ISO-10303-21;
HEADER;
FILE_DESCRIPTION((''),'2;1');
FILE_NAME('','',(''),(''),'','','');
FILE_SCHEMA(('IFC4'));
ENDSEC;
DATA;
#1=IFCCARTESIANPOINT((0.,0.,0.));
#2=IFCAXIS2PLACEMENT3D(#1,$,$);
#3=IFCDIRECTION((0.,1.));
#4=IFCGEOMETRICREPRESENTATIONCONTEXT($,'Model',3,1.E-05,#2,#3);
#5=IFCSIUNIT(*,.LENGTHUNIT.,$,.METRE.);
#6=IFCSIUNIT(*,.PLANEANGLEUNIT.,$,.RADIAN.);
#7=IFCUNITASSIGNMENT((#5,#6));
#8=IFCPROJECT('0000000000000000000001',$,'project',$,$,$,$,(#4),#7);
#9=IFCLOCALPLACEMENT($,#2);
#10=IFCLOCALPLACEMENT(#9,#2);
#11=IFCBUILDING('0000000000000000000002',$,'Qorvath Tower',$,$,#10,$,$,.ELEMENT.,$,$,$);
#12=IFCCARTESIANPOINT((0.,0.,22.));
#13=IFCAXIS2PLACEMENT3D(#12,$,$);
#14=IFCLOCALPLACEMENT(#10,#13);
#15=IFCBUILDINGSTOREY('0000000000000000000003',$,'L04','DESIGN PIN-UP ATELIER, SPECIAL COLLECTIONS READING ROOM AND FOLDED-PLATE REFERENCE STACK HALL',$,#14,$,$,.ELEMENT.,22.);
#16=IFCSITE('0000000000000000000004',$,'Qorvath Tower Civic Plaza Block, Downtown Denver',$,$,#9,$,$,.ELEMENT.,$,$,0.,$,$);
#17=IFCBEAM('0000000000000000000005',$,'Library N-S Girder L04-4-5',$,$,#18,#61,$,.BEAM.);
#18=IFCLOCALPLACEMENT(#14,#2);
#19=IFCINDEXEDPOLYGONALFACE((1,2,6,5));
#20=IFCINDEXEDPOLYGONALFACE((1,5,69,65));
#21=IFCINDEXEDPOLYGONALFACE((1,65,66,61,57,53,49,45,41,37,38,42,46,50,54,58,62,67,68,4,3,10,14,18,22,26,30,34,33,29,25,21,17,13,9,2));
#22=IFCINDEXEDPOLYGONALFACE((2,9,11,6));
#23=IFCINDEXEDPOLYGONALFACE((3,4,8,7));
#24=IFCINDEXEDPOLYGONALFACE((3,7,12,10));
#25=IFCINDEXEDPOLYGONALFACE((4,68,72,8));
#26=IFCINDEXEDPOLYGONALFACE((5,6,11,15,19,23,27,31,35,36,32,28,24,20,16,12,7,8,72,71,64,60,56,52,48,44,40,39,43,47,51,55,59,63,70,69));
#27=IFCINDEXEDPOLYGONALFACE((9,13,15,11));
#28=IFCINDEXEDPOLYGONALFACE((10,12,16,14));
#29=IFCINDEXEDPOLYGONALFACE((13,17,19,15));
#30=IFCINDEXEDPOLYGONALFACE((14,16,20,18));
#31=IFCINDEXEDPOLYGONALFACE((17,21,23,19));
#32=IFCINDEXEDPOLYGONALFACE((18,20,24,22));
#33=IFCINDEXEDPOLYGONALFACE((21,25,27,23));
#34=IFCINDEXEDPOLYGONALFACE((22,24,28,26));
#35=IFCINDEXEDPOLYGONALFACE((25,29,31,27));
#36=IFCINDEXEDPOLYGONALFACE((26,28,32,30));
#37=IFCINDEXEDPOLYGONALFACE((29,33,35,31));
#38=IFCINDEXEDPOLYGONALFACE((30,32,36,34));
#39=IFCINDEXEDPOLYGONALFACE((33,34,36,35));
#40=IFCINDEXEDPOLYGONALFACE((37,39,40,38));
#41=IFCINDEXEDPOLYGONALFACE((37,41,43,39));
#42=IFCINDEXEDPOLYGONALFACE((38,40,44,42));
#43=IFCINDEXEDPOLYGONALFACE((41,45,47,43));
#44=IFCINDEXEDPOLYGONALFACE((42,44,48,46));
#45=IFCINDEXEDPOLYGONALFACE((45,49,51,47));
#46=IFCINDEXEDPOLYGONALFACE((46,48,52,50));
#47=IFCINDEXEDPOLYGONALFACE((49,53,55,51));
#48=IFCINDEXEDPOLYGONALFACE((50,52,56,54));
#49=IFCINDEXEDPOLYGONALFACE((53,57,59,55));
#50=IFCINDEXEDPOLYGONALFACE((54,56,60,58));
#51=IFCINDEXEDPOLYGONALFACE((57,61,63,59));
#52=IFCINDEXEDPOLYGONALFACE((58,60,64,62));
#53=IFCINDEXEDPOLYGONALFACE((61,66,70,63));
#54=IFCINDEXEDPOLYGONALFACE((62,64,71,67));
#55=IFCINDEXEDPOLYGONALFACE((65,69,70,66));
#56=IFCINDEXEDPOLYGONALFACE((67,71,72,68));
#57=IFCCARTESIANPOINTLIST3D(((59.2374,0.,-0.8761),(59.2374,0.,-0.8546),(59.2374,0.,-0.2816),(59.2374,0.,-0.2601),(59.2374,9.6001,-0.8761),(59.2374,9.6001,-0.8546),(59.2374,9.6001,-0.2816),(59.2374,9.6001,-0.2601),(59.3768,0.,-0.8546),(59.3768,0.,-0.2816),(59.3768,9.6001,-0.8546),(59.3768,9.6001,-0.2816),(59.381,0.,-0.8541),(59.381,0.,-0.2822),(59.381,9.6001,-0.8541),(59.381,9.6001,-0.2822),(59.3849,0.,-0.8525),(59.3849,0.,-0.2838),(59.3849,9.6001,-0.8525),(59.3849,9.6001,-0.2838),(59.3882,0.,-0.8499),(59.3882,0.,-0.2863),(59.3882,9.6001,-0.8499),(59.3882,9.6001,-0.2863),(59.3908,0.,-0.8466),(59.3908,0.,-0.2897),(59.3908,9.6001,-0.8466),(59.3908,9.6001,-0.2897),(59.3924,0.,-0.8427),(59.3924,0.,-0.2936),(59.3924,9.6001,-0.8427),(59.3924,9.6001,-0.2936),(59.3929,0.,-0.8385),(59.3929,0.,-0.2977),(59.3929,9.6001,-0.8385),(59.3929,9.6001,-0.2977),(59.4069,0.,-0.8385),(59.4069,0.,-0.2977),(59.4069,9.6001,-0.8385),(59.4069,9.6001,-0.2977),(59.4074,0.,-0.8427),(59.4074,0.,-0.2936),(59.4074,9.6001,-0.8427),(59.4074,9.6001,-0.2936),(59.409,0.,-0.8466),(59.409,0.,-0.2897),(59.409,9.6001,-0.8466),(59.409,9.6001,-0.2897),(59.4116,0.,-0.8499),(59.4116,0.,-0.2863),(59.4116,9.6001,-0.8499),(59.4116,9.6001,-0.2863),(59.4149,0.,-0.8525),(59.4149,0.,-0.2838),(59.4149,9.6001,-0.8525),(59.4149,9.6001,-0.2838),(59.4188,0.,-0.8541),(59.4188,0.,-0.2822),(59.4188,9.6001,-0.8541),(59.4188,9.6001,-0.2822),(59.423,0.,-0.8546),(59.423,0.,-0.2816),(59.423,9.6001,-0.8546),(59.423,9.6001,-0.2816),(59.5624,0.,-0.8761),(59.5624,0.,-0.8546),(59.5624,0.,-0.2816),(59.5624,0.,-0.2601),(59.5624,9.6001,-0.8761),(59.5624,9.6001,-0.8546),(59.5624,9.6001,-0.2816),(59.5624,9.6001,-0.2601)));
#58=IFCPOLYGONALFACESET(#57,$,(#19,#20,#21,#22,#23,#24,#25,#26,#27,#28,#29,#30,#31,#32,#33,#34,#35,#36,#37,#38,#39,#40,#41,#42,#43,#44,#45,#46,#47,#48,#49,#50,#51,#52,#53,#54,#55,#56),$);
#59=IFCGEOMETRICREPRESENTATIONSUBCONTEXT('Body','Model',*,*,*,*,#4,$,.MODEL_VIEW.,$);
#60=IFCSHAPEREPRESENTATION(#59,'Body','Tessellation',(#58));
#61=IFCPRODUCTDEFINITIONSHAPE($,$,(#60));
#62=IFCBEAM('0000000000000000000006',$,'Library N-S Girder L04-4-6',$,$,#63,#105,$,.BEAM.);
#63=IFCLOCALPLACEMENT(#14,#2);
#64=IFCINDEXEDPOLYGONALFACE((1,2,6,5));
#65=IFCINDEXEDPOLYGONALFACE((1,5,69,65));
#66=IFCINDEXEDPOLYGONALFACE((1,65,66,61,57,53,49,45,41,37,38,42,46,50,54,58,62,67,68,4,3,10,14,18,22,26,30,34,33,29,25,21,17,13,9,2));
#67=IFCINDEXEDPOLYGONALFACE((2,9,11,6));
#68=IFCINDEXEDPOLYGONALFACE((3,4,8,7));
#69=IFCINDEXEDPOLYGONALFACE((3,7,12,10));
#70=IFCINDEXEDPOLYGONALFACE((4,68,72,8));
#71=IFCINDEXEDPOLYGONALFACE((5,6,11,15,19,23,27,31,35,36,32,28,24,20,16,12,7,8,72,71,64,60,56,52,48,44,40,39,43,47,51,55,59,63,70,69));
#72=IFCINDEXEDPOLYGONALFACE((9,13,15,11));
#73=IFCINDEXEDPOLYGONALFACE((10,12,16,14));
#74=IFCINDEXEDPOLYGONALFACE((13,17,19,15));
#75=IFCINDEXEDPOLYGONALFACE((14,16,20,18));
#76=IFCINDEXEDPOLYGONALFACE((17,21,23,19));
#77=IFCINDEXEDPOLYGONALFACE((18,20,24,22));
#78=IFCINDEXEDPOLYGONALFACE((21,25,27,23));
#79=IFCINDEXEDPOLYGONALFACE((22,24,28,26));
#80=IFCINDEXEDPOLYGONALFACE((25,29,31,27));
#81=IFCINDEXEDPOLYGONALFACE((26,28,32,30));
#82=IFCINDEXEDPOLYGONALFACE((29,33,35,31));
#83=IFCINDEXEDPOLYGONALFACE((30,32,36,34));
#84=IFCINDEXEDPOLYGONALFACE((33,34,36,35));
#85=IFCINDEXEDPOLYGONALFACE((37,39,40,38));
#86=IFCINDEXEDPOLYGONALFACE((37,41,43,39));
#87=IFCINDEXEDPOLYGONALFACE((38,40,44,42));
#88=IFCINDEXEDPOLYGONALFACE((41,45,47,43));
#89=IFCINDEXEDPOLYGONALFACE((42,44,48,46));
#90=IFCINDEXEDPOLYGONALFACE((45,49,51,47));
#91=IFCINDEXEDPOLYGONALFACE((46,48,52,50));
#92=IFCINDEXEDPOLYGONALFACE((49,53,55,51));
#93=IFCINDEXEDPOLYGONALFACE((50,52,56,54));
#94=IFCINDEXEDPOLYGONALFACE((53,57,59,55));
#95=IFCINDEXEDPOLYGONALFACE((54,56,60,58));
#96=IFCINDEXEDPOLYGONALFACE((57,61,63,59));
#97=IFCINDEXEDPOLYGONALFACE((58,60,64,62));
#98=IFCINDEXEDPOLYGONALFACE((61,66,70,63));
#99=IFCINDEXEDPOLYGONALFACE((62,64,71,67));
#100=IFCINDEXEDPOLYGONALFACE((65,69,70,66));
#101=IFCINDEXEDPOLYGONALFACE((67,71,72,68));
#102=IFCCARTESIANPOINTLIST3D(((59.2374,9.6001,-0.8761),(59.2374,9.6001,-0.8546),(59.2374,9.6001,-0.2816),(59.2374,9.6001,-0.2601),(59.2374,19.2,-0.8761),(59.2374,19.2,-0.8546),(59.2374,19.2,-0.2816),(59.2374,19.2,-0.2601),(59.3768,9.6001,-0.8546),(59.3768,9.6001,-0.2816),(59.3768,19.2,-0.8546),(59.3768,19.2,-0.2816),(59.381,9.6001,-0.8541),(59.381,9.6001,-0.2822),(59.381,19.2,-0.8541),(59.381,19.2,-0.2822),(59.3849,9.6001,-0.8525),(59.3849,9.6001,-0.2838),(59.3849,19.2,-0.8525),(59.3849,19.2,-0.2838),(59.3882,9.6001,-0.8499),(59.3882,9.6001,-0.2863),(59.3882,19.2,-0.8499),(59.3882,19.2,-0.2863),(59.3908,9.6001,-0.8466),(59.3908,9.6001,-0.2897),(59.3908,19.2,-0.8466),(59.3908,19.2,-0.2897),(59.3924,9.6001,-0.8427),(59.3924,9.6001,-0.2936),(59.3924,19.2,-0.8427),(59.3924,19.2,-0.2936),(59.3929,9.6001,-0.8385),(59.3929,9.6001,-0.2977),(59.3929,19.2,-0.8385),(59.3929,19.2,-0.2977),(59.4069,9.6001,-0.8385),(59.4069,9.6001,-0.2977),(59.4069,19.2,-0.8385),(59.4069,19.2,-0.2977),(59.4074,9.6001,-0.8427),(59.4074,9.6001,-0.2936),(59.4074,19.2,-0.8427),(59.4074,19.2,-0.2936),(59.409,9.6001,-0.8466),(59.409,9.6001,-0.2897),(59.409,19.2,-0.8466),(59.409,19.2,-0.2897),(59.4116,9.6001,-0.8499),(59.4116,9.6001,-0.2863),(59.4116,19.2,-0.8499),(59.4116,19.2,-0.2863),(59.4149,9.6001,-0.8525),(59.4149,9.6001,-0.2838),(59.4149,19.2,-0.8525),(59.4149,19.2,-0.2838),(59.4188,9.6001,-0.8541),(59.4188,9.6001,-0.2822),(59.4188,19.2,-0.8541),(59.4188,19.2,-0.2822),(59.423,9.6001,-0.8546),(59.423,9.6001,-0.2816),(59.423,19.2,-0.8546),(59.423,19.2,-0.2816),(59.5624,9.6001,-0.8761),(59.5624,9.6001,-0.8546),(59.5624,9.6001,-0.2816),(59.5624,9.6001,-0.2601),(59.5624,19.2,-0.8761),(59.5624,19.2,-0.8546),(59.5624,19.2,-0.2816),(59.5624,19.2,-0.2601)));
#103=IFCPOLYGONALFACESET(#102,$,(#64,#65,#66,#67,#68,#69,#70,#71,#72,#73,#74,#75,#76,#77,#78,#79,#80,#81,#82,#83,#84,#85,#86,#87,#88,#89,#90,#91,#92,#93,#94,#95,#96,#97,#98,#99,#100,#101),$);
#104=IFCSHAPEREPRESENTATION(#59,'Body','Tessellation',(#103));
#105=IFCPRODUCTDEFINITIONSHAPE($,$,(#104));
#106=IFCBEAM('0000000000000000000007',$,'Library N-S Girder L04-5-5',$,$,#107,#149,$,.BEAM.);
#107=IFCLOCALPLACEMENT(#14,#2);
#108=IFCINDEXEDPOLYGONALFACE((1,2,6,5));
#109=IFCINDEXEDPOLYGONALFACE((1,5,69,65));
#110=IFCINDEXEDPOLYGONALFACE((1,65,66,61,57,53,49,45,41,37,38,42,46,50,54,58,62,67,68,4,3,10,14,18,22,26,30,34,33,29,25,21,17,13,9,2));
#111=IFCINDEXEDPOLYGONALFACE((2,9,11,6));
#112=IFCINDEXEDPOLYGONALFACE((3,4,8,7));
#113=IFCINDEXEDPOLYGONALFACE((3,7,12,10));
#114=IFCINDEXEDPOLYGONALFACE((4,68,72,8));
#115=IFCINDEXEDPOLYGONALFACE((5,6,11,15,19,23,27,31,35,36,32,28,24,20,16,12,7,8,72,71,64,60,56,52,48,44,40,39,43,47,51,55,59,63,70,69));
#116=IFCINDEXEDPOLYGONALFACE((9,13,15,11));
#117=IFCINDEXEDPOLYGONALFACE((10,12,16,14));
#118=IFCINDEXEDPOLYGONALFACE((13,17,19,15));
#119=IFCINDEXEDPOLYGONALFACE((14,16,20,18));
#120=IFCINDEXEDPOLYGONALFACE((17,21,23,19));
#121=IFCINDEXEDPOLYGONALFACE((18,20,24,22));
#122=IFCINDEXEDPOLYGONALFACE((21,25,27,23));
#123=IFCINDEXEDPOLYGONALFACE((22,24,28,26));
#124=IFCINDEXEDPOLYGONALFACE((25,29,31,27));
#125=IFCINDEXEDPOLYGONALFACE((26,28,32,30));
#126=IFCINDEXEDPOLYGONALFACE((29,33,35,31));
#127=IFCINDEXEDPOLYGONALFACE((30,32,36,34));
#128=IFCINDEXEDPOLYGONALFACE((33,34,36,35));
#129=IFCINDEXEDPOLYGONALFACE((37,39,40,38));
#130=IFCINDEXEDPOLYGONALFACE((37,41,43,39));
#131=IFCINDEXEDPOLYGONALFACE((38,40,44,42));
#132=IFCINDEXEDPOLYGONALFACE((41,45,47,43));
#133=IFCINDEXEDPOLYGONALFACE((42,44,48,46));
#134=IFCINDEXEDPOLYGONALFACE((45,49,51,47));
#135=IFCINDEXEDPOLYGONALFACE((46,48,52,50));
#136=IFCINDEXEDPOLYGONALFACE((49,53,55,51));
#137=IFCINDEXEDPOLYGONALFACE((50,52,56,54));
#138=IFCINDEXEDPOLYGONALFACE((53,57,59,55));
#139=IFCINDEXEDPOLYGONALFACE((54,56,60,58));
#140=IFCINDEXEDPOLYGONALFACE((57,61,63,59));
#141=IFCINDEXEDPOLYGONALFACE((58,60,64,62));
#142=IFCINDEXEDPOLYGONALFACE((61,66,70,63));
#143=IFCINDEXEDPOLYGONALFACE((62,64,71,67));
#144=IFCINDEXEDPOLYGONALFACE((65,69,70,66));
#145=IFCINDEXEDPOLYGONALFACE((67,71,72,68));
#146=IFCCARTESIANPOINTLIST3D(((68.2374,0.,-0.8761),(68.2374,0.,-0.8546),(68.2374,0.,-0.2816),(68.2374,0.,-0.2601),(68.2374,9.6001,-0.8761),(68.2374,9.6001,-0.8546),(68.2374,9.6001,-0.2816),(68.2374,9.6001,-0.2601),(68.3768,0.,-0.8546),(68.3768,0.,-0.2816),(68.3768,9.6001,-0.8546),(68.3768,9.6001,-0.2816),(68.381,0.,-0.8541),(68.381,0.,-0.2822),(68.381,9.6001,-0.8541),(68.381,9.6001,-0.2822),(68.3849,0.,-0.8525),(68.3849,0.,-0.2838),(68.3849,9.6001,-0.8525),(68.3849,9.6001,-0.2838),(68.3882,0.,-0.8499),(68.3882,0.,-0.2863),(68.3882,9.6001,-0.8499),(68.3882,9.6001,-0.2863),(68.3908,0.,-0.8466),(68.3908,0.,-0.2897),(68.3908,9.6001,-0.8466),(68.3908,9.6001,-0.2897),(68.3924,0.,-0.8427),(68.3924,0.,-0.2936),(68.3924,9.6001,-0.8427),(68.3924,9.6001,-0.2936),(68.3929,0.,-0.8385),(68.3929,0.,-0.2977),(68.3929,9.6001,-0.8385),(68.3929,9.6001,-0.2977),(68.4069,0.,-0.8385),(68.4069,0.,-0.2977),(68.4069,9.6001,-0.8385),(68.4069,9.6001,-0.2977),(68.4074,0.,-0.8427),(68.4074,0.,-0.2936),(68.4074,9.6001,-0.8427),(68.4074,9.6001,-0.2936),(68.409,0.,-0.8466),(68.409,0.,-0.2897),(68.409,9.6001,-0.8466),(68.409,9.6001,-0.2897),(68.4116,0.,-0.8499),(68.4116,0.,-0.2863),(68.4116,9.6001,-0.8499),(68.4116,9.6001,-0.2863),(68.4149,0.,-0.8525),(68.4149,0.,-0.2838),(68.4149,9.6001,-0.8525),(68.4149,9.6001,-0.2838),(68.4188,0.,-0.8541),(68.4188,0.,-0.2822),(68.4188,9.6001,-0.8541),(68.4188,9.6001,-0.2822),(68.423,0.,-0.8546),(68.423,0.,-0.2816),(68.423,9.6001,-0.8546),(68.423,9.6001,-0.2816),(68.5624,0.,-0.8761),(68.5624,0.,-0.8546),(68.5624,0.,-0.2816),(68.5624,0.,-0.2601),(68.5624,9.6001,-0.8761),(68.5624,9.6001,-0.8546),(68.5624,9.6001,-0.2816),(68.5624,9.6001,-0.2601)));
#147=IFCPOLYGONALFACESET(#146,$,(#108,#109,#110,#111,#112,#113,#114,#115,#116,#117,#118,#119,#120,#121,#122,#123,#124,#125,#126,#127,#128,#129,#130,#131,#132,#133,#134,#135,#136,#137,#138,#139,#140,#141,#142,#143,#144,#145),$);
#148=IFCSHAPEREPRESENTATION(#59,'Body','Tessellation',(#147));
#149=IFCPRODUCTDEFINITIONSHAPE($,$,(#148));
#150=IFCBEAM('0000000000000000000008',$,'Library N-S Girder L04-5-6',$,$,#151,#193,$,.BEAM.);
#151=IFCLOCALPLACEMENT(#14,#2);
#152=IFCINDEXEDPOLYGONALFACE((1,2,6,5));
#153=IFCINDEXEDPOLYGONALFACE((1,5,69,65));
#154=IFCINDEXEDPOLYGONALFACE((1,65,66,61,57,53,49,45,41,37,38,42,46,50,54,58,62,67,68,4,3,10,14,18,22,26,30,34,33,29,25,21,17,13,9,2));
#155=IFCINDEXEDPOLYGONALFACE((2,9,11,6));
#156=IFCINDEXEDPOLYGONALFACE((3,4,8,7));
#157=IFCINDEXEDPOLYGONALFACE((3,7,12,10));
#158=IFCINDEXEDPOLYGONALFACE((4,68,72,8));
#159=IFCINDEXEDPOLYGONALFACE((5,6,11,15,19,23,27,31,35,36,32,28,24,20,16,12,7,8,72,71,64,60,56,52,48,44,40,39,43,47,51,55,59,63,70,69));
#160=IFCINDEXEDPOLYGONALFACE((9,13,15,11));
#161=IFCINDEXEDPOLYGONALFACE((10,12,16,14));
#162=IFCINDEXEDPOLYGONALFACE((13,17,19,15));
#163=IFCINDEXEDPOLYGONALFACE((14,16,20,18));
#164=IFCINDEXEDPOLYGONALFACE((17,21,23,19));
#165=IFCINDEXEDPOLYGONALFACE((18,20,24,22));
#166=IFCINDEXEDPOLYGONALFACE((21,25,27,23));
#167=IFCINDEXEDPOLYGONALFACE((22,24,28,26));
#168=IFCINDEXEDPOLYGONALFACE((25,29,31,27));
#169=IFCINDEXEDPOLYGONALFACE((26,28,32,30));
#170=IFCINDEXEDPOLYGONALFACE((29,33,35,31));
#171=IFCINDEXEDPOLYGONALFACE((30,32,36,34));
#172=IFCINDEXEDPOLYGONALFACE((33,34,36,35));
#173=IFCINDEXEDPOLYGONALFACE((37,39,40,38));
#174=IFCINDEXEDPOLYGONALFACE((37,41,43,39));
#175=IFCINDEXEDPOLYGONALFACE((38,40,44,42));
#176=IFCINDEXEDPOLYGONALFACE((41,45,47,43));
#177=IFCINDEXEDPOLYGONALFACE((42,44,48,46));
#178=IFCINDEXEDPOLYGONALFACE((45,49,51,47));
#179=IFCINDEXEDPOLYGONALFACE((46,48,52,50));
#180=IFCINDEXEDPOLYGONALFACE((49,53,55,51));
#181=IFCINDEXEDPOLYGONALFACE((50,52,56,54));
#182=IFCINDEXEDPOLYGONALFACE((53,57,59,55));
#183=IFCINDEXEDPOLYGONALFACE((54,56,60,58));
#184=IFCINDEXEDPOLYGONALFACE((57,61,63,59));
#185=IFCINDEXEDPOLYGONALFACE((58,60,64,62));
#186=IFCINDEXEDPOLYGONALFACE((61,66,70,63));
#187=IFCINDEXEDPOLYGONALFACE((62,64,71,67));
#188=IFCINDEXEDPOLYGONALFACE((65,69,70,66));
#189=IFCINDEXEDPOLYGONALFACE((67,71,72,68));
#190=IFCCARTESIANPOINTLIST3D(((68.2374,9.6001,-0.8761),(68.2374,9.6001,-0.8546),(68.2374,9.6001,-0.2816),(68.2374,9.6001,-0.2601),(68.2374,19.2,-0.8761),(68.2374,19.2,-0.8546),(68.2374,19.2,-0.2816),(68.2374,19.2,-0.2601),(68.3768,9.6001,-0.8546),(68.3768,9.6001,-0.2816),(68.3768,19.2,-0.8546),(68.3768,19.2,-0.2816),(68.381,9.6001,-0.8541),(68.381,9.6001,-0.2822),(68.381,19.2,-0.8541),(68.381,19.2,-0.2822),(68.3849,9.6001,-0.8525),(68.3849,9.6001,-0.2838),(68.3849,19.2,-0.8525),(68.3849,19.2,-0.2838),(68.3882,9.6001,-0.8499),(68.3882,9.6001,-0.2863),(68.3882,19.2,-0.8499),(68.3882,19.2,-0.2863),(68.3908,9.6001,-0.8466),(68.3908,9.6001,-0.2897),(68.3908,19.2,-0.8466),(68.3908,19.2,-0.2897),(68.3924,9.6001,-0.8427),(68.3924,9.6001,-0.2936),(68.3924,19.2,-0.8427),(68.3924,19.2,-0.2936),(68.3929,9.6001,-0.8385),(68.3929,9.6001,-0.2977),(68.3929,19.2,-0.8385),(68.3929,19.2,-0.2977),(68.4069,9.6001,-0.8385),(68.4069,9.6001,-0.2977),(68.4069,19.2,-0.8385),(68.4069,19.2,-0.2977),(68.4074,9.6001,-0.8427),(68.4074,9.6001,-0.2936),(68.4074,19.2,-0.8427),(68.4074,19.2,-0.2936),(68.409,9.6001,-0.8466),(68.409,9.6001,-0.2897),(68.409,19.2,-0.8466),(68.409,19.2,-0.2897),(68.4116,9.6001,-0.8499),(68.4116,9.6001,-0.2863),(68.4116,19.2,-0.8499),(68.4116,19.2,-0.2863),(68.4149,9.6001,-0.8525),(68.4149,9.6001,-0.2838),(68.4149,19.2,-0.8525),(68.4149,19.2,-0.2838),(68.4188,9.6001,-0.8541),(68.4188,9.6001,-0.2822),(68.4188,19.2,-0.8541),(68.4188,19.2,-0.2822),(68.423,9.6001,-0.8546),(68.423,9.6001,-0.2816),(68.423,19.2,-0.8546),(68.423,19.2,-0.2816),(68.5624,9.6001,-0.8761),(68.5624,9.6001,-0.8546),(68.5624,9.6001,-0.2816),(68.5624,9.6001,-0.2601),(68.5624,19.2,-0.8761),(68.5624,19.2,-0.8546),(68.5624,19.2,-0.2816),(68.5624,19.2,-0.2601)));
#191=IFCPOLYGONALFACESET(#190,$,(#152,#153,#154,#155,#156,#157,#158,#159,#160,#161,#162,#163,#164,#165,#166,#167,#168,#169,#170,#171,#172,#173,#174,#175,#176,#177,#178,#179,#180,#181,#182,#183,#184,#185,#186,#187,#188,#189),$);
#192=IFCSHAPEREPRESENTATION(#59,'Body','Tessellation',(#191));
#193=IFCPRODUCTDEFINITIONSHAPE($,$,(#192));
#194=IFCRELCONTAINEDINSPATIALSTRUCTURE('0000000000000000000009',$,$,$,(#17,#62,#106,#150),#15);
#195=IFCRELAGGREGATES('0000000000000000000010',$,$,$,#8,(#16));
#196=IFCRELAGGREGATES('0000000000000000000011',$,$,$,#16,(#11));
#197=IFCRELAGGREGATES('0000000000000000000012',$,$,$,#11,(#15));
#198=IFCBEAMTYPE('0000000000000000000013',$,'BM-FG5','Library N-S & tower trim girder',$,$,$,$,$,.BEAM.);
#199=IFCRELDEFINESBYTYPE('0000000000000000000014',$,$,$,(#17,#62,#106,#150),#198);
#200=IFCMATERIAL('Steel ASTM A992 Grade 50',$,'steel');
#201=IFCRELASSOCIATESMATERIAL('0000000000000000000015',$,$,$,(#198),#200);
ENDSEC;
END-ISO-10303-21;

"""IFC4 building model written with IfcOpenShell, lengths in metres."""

from ifc_helpers import new_model, si_unit, direction, frame, origin, origin_2d, place, context, subcontext, project, spatial, i_section, extrude, material, material_profile, profile_set, type_object, element, save


model = new_model("IFC4")

# Units and contexts
model_context = context("Model", 3, precision=1e-05, world=origin(), true_north=direction((0.0, 1.0)))
body_context = subcontext(model_context, "Body", "Model", "MODEL_VIEW")
ifc_project = project(units=[si_unit("LENGTHUNIT", "METRE"), si_unit("PLANEANGLEUNIT", "RADIAN")], contexts=[model_context])

# Site, building, storey
site_placement = place(None, origin())
site = spatial("IfcSite", under=ifc_project, at=site_placement, Name="Qorvath Tower Civic Plaza Block, Downtown Denver", CompositionType="ELEMENT", RefElevation=0.0)
building_placement = place(site_placement, origin())
building = spatial("IfcBuilding", under=site, at=building_placement, Name="Qorvath Tower", CompositionType="ELEMENT")
storey_placement = place(building_placement, frame((0.0, 0.0, 22.0)))
storey = spatial("IfcBuildingStorey", under=building, at=storey_placement, Name="L04", Description="DESIGN PIN-UP ATELIER, SPECIAL COLLECTIONS READING ROOM AND FOLDED-PLATE REFERENCE STACK HALL", CompositionType="ELEMENT", Elevation=22.0)

# Beams
ifc_material_1 = material(Name="Steel ASTM A992 Grade 50", Category="steel")
ifc_material_profile_1 = material_profile(ifc_material_1, i_section(OverallWidth=0.325, OverallDepth=0.616, WebThickness=0.0139, FlangeThickness=0.0215, FilletRadius=0.0161, at=origin_2d()), Name="W24x117")
ifc_profile_set_1 = profile_set([ifc_material_profile_1], Name="Steel ASTM A992 Grade 50")
beam_type_1 = type_object("IfcBeamType", Name="BM-FG5", Description="Library N-S & tower trim girder", PredefinedType="BEAM", material=ifc_profile_set_1)
beam_1_placement = place(storey_placement, frame((59.3999, 0.0, -0.5681), z_axis=(0.0, 1.0, 0.0), x_axis=(-1.0, 0.0, 0.0)))
element("IfcBeam", 1, at=beam_1_placement, inside=storey, type_object=beam_type_1, Name="Library N-S Girder L04-4-5", PredefinedType="BEAM", context=body_context, shape_type="SweptSolid", body=[
    extrude(i_section(OverallWidth=0.325, OverallDepth=0.616, WebThickness=0.0139, FlangeThickness=0.0215, FilletRadius=0.0161, at=origin_2d()), origin(), (0.0, 0.0, 1.0), 9.6001),
])
beam_2_placement = place(storey_placement, frame((59.3999, 9.6001, -0.5681), z_axis=(0.0, 1.0, 0.0), x_axis=(-1.0, 0.0, 0.0)))
element("IfcBeam", 2, at=beam_2_placement, inside=storey, type_object=beam_type_1, Name="Library N-S Girder L04-4-6", PredefinedType="BEAM", context=body_context, shape_type="SweptSolid", body=[
    extrude(i_section(OverallWidth=0.325, OverallDepth=0.616, WebThickness=0.0139, FlangeThickness=0.0215, FilletRadius=0.0161, at=origin_2d()), origin(), (0.0, 0.0, 1.0), 9.5999),
])
beam_3_placement = place(storey_placement, frame((68.3999, 0.0, -0.5681), z_axis=(0.0, 1.0, 0.0), x_axis=(-1.0, 0.0, 0.0)))
element("IfcBeam", 3, at=beam_3_placement, inside=storey, type_object=beam_type_1, Name="Library N-S Girder L04-5-5", PredefinedType="BEAM", context=body_context, shape_type="SweptSolid", body=[
    extrude(i_section(OverallWidth=0.325, OverallDepth=0.616, WebThickness=0.0139, FlangeThickness=0.0215, FilletRadius=0.0161, at=origin_2d()), origin(), (0.0, 0.0, 1.0), 9.6001),
])
beam_4_placement = place(storey_placement, frame((68.3999, 9.6001, -0.5681), z_axis=(0.0, 1.0, 0.0), x_axis=(-1.0, 0.0, 0.0)))
element("IfcBeam", 4, at=beam_4_placement, inside=storey, type_object=beam_type_1, Name="Library N-S Girder L04-5-6", PredefinedType="BEAM", context=body_context, shape_type="SweptSolid", body=[
    extrude(i_section(OverallWidth=0.325, OverallDepth=0.616, WebThickness=0.0139, FlangeThickness=0.0215, FilletRadius=0.0161, at=origin_2d()), origin(), (0.0, 0.0, 1.0), 9.5999),
])

save(model, "model.ifc")
